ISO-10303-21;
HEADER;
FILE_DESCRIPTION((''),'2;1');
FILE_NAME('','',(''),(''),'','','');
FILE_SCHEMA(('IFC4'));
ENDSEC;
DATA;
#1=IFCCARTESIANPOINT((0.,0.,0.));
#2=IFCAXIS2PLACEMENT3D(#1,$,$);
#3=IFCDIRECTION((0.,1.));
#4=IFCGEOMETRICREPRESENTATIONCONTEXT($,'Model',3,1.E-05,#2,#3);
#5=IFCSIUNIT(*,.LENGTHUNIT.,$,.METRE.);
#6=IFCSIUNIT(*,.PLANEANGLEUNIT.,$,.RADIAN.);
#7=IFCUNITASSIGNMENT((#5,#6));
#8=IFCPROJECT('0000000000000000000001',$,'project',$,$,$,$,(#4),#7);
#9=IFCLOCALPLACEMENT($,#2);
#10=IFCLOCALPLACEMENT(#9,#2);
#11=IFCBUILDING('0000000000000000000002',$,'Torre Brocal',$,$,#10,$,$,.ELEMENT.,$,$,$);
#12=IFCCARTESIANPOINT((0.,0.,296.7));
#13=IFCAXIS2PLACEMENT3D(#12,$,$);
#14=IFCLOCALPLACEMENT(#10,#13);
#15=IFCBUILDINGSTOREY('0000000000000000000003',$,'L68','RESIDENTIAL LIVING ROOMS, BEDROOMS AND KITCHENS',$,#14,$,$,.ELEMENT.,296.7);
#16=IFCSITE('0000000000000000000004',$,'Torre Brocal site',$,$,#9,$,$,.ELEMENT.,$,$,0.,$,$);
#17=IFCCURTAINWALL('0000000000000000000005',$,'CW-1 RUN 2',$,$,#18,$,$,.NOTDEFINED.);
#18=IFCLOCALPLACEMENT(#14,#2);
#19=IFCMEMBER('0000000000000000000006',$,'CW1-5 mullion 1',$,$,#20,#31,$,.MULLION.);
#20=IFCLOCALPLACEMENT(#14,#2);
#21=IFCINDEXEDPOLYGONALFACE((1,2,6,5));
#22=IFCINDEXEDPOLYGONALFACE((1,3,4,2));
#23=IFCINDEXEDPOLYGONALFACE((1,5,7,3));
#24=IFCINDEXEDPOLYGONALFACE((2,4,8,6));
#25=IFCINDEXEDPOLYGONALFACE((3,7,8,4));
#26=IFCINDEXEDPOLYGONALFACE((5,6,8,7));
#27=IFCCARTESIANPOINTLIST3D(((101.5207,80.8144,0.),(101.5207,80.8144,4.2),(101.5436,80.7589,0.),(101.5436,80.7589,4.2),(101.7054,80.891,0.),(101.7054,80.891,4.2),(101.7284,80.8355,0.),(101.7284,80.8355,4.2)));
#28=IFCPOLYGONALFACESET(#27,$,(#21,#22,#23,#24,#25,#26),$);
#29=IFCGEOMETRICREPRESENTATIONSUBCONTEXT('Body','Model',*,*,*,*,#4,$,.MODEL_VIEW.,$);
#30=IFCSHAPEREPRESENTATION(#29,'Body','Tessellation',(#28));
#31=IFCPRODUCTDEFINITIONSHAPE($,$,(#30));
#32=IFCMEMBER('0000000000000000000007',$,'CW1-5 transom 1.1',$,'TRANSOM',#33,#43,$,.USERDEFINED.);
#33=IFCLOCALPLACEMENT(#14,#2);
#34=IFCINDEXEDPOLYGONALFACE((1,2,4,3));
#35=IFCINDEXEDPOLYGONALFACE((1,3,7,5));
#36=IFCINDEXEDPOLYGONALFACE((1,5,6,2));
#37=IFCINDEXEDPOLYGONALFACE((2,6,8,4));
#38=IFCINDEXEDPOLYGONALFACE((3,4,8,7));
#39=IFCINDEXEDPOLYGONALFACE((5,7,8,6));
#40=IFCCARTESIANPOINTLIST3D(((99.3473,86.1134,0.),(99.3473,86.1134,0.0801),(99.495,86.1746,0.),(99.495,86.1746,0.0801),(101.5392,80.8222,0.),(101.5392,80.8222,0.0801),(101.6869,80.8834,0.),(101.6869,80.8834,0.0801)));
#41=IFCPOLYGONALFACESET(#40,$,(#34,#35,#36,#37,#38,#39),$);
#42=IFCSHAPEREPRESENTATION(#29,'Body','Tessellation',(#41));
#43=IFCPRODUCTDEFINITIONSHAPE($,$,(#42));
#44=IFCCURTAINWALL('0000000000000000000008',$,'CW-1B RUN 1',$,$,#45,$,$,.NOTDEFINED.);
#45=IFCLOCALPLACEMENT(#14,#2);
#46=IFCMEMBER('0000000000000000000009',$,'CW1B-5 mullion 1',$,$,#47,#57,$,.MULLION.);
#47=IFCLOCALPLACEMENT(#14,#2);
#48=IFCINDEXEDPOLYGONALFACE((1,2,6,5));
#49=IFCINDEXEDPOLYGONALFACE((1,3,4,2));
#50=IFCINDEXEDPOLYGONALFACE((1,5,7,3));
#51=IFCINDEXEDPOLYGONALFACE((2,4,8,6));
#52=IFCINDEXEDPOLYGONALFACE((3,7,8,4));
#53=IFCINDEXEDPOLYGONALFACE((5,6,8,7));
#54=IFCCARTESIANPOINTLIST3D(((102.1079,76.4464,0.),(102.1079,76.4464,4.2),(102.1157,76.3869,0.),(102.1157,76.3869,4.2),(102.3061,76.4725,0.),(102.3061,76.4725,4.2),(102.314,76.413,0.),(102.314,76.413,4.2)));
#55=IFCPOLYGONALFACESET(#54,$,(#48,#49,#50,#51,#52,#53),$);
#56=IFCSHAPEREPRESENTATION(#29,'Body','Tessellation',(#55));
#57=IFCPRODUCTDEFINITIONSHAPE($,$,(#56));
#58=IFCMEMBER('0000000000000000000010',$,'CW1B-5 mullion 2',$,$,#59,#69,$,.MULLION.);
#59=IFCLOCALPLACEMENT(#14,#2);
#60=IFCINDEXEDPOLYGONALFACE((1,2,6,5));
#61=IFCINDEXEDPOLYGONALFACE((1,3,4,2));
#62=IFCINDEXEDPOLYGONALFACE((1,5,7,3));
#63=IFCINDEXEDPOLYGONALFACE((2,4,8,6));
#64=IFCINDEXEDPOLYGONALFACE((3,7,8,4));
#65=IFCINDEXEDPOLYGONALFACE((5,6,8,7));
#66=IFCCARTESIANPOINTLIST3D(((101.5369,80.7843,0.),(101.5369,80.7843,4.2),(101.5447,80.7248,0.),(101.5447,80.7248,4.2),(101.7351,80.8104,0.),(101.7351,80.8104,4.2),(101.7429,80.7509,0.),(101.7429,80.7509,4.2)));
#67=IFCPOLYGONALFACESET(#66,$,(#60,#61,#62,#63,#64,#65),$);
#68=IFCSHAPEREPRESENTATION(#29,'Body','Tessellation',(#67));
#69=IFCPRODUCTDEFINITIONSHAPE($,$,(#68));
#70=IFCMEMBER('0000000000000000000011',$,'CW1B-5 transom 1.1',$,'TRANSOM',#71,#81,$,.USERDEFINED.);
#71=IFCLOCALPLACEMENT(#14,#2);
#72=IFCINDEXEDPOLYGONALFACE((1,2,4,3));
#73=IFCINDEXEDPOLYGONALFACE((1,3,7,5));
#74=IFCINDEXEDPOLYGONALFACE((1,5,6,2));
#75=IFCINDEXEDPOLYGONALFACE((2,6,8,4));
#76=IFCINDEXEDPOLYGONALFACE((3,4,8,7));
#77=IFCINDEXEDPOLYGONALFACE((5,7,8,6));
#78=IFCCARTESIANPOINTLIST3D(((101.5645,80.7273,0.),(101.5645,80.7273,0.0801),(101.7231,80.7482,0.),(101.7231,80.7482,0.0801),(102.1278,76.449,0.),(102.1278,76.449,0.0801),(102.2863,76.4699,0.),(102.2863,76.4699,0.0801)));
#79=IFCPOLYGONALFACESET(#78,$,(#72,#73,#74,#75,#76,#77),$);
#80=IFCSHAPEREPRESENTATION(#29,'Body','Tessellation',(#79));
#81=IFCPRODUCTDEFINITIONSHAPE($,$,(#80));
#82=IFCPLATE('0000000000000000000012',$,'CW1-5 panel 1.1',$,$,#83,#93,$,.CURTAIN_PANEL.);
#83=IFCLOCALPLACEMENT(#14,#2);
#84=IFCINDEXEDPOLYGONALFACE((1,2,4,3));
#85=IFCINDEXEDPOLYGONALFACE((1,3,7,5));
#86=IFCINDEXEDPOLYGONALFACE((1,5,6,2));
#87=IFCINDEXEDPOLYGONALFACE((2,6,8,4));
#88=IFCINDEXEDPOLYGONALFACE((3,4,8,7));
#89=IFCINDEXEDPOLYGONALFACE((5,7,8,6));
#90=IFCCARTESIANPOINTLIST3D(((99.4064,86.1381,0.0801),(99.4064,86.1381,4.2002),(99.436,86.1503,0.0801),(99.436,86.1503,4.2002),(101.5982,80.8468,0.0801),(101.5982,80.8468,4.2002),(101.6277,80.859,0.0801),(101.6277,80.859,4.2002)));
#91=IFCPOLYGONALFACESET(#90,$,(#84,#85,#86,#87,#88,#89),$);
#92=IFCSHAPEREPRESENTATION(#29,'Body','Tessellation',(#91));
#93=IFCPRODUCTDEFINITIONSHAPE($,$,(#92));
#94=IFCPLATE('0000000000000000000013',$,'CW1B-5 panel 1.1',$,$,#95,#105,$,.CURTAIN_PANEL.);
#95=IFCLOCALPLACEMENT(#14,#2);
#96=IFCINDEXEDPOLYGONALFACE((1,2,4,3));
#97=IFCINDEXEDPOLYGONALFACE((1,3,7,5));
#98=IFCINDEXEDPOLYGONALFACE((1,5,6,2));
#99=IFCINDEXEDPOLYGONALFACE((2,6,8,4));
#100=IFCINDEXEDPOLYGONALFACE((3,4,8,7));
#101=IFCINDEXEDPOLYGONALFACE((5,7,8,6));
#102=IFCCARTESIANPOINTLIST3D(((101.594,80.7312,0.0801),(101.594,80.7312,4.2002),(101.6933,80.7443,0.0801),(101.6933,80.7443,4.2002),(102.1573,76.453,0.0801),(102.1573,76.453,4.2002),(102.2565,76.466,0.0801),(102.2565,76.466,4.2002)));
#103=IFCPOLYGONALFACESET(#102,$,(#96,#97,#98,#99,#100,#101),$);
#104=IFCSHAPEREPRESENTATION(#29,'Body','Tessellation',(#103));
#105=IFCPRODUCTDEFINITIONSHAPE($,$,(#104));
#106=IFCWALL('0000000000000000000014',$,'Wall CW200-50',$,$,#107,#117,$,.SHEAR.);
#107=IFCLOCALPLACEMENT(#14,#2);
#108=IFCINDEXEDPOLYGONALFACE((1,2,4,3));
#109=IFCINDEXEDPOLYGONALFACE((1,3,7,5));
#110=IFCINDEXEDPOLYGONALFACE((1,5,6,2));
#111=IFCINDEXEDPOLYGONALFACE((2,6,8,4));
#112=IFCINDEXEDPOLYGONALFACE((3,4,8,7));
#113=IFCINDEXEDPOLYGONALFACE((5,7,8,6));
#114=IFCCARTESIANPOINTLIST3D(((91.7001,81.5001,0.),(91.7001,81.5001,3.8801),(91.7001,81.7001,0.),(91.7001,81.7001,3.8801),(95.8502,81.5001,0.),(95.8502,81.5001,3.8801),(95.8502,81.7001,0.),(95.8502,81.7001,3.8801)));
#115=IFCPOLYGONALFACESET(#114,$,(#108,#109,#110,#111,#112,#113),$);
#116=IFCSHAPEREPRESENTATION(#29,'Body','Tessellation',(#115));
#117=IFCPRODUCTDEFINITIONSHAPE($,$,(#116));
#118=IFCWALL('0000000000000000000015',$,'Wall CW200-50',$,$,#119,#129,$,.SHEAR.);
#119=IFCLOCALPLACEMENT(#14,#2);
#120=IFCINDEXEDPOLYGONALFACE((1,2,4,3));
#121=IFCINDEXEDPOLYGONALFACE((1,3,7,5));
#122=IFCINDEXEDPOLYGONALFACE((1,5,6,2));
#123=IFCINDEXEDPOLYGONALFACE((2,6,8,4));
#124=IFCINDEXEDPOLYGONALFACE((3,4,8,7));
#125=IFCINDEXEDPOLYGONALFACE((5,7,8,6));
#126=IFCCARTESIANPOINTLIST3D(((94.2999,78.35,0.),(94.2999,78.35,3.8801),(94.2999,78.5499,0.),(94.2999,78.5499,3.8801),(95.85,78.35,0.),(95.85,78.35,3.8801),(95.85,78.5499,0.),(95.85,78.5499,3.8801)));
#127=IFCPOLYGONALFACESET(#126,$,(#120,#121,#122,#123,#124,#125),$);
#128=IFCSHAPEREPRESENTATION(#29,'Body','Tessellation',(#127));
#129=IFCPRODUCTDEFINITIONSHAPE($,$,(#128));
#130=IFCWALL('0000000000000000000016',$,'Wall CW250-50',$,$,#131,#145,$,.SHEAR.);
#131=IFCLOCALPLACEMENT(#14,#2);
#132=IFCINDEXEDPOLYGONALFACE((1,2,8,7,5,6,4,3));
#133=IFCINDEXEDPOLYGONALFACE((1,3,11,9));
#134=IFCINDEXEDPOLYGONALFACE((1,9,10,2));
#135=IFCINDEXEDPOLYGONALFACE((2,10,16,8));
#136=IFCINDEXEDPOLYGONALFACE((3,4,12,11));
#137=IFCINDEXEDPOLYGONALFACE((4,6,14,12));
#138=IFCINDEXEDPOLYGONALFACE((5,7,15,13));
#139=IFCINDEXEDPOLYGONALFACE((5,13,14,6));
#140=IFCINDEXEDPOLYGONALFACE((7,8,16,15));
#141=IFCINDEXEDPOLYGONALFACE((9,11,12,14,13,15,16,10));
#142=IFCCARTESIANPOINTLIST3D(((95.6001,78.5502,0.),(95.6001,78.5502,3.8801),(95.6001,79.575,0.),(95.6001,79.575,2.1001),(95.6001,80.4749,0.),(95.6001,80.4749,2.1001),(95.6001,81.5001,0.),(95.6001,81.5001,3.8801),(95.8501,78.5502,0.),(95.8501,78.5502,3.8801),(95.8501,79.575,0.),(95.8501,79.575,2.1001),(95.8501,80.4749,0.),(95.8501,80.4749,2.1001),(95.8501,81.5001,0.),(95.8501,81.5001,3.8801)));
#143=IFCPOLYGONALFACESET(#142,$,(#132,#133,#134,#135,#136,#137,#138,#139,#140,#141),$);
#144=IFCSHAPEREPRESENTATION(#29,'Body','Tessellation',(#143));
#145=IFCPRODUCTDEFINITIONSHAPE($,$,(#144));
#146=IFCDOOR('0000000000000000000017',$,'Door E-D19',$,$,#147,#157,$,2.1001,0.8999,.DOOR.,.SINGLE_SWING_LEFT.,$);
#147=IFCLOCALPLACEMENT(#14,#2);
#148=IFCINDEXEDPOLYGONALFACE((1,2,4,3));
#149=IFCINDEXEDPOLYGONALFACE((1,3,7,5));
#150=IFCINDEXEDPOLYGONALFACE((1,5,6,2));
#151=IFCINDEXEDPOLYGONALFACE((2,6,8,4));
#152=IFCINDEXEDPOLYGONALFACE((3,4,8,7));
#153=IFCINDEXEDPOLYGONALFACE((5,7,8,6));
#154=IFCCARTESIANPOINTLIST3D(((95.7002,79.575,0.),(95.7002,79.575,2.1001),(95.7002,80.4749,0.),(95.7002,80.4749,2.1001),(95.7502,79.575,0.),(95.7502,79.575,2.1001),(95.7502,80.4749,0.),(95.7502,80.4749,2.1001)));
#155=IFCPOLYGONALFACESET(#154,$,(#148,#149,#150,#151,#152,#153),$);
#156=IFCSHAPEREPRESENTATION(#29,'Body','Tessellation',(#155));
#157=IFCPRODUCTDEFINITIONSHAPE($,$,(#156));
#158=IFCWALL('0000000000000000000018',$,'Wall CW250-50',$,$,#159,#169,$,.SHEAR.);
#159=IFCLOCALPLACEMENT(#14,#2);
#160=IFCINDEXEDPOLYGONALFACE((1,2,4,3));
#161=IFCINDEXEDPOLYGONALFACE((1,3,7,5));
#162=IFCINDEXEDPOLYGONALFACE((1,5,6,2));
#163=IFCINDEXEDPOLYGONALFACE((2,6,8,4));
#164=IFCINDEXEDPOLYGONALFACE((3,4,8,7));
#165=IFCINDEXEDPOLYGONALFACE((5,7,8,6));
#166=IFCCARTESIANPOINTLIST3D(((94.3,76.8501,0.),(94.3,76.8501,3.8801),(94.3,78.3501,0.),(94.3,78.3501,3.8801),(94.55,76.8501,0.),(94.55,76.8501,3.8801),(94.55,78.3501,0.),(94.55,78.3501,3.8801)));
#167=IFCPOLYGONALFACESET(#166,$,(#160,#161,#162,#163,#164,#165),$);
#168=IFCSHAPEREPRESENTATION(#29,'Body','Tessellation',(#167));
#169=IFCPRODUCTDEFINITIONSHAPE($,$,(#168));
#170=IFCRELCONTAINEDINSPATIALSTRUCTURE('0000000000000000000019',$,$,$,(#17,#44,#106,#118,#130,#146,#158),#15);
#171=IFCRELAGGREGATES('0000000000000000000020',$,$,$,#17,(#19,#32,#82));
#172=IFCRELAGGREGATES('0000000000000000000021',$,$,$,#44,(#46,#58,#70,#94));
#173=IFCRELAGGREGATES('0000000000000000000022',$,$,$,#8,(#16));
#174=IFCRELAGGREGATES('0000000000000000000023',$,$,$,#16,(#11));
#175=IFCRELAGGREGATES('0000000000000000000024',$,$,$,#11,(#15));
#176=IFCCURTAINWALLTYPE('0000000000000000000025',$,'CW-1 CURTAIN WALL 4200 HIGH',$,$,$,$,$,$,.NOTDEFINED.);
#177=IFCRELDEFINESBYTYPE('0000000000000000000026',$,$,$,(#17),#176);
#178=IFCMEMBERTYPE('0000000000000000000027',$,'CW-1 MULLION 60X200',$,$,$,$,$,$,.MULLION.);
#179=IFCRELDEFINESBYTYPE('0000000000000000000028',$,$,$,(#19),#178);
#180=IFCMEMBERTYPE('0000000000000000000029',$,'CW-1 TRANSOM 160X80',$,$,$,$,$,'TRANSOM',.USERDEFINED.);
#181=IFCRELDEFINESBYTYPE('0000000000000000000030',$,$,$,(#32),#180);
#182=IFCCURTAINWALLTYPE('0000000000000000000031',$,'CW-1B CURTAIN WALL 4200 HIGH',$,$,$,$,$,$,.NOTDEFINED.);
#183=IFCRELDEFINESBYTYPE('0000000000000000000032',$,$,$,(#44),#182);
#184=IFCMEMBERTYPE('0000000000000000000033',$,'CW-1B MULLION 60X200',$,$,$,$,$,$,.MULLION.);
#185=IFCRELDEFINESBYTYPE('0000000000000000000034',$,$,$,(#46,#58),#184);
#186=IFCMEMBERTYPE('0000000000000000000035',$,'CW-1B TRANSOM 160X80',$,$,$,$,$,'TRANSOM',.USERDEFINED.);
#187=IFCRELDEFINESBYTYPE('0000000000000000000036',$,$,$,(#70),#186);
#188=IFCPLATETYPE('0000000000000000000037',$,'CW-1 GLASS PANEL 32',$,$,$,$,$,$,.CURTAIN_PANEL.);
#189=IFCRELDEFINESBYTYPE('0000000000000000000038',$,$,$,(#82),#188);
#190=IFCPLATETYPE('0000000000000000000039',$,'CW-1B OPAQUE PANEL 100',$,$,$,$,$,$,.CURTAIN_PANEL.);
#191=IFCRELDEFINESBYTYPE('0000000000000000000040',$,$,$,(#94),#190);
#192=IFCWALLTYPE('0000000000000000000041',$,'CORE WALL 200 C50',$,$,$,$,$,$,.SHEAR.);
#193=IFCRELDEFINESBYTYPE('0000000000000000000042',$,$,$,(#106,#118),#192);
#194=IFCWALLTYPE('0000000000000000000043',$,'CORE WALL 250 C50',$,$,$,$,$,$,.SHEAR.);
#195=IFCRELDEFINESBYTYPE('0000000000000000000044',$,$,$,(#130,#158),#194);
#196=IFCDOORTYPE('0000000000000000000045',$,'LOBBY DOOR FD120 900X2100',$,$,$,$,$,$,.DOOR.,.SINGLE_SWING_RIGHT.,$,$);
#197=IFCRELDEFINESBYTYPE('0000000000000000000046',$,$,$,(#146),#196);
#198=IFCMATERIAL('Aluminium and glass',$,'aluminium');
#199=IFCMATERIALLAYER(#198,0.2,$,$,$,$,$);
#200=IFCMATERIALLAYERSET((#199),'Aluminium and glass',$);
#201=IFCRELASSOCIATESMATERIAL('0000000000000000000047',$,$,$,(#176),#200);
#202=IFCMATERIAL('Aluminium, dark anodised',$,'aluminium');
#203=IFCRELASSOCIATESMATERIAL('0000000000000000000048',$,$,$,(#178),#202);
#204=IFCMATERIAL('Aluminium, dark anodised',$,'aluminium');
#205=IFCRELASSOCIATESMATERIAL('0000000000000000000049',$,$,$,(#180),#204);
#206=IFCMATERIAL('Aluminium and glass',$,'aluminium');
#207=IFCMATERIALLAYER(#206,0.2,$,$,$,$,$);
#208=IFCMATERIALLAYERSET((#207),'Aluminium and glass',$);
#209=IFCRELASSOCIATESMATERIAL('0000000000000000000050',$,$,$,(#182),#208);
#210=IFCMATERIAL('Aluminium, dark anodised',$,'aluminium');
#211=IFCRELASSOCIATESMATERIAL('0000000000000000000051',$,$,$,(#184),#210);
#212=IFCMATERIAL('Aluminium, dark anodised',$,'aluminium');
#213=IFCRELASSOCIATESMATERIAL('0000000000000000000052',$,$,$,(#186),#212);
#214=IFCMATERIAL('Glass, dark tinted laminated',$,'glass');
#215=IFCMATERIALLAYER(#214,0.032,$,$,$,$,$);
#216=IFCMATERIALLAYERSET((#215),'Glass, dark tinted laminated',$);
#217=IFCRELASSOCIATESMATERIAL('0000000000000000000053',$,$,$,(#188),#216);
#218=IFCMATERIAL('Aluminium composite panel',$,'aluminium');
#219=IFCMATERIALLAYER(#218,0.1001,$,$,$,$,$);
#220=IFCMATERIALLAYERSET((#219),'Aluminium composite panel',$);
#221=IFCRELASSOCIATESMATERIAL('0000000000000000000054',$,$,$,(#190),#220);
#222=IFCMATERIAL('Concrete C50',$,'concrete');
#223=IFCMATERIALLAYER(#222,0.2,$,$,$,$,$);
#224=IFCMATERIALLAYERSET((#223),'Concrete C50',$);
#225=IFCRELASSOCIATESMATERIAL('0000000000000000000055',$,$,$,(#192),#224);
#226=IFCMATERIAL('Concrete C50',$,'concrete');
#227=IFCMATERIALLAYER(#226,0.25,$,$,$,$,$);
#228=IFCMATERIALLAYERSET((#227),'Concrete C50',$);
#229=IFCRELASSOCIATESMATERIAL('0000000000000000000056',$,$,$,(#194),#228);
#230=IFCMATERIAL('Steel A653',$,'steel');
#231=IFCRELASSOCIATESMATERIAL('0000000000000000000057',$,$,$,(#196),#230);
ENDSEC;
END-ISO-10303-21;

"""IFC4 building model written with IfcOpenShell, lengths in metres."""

from ifc_helpers import new_model, si_unit, direction, frame, frame_2d, origin, origin_2d, place, context, subcontext, project, spatial, rectangle, extrude, material, layer, layer_set, material_profile, profile_set, type_object, element, fill, aggregate, save


model = new_model("IFC4")

# Units and contexts
model_context = context("Model", 3, precision=1e-05, world=origin(), true_north=direction((0.0, 1.0)))
body_context = subcontext(model_context, "Body", "Model", "MODEL_VIEW")
ifc_project = project(units=[si_unit("LENGTHUNIT", "METRE"), si_unit("PLANEANGLEUNIT", "RADIAN")], contexts=[model_context])

# Site, building, storey
site_placement = place(None, origin())
site = spatial("IfcSite", under=ifc_project, at=site_placement, Name="Torre Brocal site", CompositionType="ELEMENT", RefElevation=0.0)
building_placement = place(site_placement, origin())
building = spatial("IfcBuilding", under=site, at=building_placement, Name="Torre Brocal", CompositionType="ELEMENT")
storey_placement = place(building_placement, frame((0.0, 0.0, 296.7)))
storey = spatial("IfcBuildingStorey", under=building, at=storey_placement, Name="L68", Description="RESIDENTIAL LIVING ROOMS, BEDROOMS AND KITCHENS", CompositionType="ELEMENT", Elevation=296.7)

# Curtain walls, members
ifc_material_1 = material(Name="Aluminium and glass", Category="aluminium")
ifc_layer_1 = layer(ifc_material_1, 0.2)
ifc_layer_set_1 = layer_set([ifc_layer_1], Name="Aluminium and glass")
curtain_wall_type_1 = type_object("IfcCurtainWallType", Name="CW-1 CURTAIN WALL 4200 HIGH", PredefinedType="NOTDEFINED", material=ifc_layer_set_1)
curtain_wall_1_placement = place(storey_placement, origin())
curtain_wall_1 = element("IfcCurtainWall", 1, at=curtain_wall_1_placement, inside=storey, type_object=curtain_wall_type_1, Name="CW-1 RUN 2", PredefinedType="NOTDEFINED")
ifc_material_2 = material(Name="Aluminium, dark anodised", Category="aluminium")
ifc_material_profile_1 = material_profile(ifc_material_2, rectangle(XDim=0.2, YDim=0.0601, at=origin_2d()), Name="CW-1 MULLION 60X200")
ifc_profile_set_1 = profile_set([ifc_material_profile_1], Name="Aluminium, dark anodised")
member_type_1 = type_object("IfcMemberType", Name="CW-1 MULLION 60X200", PredefinedType="MULLION", material=ifc_profile_set_1)
member_1_placement = place(storey_placement, frame((101.6245, 80.825, 0.0), z_axis=(0.0, 0.0, 1.0), x_axis=(-0.92388, -0.382683, 0.0)))
member_1 = element("IfcMember", 2, at=member_1_placement, type_object=member_type_1, Name="CW1-5 mullion 1", PredefinedType="MULLION", context=body_context, shape_type="SweptSolid", body=[
    extrude(rectangle(XDim=0.2, YDim=0.0601, at=origin_2d()), origin(), (0.0, 0.0, 1.0), 4.2),
])
ifc_material_3 = material(Name="Aluminium, dark anodised", Category="aluminium")
ifc_material_profile_2 = material_profile(ifc_material_3, rectangle(XDim=0.1599, YDim=0.0801, at=origin_2d()), Name="CW-1 TRANSOM 160X80")
ifc_profile_set_2 = profile_set([ifc_material_profile_2], Name="Aluminium, dark anodised")
member_type_2 = type_object("IfcMemberType", Name="CW-1 TRANSOM 160X80", ElementType="TRANSOM", PredefinedType="USERDEFINED", material=ifc_profile_set_2)
member_2_placement = place(storey_placement, frame((101.613, 80.8528, 0.04), z_axis=(-0.382711, 0.923868, 0.0), x_axis=(-0.923868, -0.382711, 0.0)))
member_2 = element("IfcMember", 3, at=member_2_placement, type_object=member_type_2, Name="CW1-5 transom 1.1", ObjectType="TRANSOM", PredefinedType="USERDEFINED", context=body_context, shape_type="SweptSolid", body=[
    extrude(rectangle(XDim=0.1599, YDim=0.0801, at=origin_2d()), origin(), (0.0, 0.0, 1.0), 5.7273),
])
ifc_material_4 = material(Name="Aluminium and glass", Category="aluminium")
ifc_layer_2 = layer(ifc_material_4, 0.2)
ifc_layer_set_2 = layer_set([ifc_layer_2], Name="Aluminium and glass")
curtain_wall_type_2 = type_object("IfcCurtainWallType", Name="CW-1B CURTAIN WALL 4200 HIGH", PredefinedType="NOTDEFINED", material=ifc_layer_set_2)
curtain_wall_2_placement = place(storey_placement, origin())
curtain_wall_2 = element("IfcCurtainWall", 4, at=curtain_wall_2_placement, inside=storey, type_object=curtain_wall_type_2, Name="CW-1B RUN 1", PredefinedType="NOTDEFINED")
ifc_material_5 = material(Name="Aluminium, dark anodised", Category="aluminium")
ifc_material_profile_3 = material_profile(ifc_material_5, rectangle(XDim=0.2, YDim=0.0601, at=origin_2d()), Name="CW-1B MULLION 60X200")
ifc_profile_set_3 = profile_set([ifc_material_profile_3], Name="Aluminium, dark anodised")
member_type_3 = type_object("IfcMemberType", Name="CW-1B MULLION 60X200", PredefinedType="MULLION", material=ifc_profile_set_3)
member_3_placement = place(storey_placement, frame((102.2109, 76.4297, 0.0), z_axis=(0.0, 0.0, 1.0), x_axis=(-0.991445, -0.130526, 0.0)))
member_3 = element("IfcMember", 5, at=member_3_placement, type_object=member_type_3, Name="CW1B-5 mullion 1", PredefinedType="MULLION", context=body_context, shape_type="SweptSolid", body=[
    extrude(rectangle(XDim=0.2, YDim=0.0601, at=origin_2d()), origin(), (0.0, 0.0, 1.0), 4.2),
])
member_4_placement = place(storey_placement, frame((101.6399, 80.7676, 0.0), z_axis=(0.0, 0.0, 1.0), x_axis=(-0.991445, -0.130526, 0.0)))
member_4 = element("IfcMember", 6, at=member_4_placement, type_object=member_type_3, Name="CW1B-5 mullion 2", PredefinedType="MULLION", context=body_context, shape_type="SweptSolid", body=[
    extrude(rectangle(XDim=0.2, YDim=0.0601, at=origin_2d()), origin(), (0.0, 0.0, 1.0), 4.2),
])
ifc_material_6 = material(Name="Aluminium, dark anodised", Category="aluminium")
ifc_material_profile_4 = material_profile(ifc_material_6, rectangle(XDim=0.1599, YDim=0.0801, at=origin_2d()), Name="CW-1B TRANSOM 160X80")
ifc_profile_set_4 = profile_set([ifc_material_profile_4], Name="Aluminium, dark anodised")
member_type_4 = type_object("IfcMemberType", Name="CW-1B TRANSOM 160X80", ElementType="TRANSOM", PredefinedType="USERDEFINED", material=ifc_profile_set_4)
member_5_placement = place(storey_placement, frame((102.207, 76.4595, 0.04), z_axis=(-0.130522, 0.991445, 0.0), x_axis=(-0.991445, -0.130522, 0.0)))
member_5 = element("IfcMember", 7, at=member_5_placement, type_object=member_type_4, Name="CW1B-5 transom 1.1", ObjectType="TRANSOM", PredefinedType="USERDEFINED", context=body_context, shape_type="SweptSolid", body=[
    extrude(rectangle(XDim=0.1599, YDim=0.0801, at=origin_2d()), origin(), (0.0, 0.0, 1.0), 4.3152),
])

# Plates
ifc_material_7 = material(Name="Glass, dark tinted laminated", Category="glass")
ifc_layer_3 = layer(ifc_material_7, 0.032)
ifc_layer_set_3 = layer_set([ifc_layer_3], Name="Glass, dark tinted laminated")
plate_type_1 = type_object("IfcPlateType", Name="CW-1 GLASS PANEL 32", PredefinedType="CURTAIN_PANEL", material=ifc_layer_set_3)
plate_1_placement = place(storey_placement, frame((100.5171, 83.4985, 0.0801), z_axis=(0.0, 0.0, 1.0), x_axis=(-0.382683, 0.92388, 0.0)))
plate_1 = element("IfcPlate", 8, at=plate_1_placement, type_object=plate_type_1, Name="CW1-5 panel 1.1", PredefinedType="CURTAIN_PANEL", context=body_context, shape_type="SweptSolid", body=[
    extrude(rectangle(XDim=5.7273, YDim=0.032, at=origin_2d()), origin(), (0.0, 0.0, 1.0), 4.1201),
])
aggregate(curtain_wall_1, [member_1, member_2, plate_1])
ifc_material_8 = material(Name="Aluminium composite panel", Category="aluminium")
ifc_layer_4 = layer(ifc_material_8, 0.1001)
ifc_layer_set_4 = layer_set([ifc_layer_4], Name="Aluminium composite panel")
plate_type_2 = type_object("IfcPlateType", Name="CW-1B OPAQUE PANEL 100", PredefinedType="CURTAIN_PANEL", material=ifc_layer_set_4)
plate_2_placement = place(storey_placement, frame((101.9253, 78.5986, 0.0801), z_axis=(0.0, 0.0, 1.0), x_axis=(-0.130526, 0.991445, 0.0)))
plate_2 = element("IfcPlate", 9, at=plate_2_placement, type_object=plate_type_2, Name="CW1B-5 panel 1.1", PredefinedType="CURTAIN_PANEL", context=body_context, shape_type="SweptSolid", body=[
    extrude(rectangle(XDim=4.3152, YDim=0.1001, at=origin_2d()), origin(), (0.0, 0.0, 1.0), 4.1201),
])
aggregate(curtain_wall_2, [member_3, member_4, member_5, plate_2])

# Walls
ifc_material_9 = material(Name="Concrete C50", Category="concrete")
ifc_layer_5 = layer(ifc_material_9, 0.2)
ifc_layer_set_5 = layer_set([ifc_layer_5], Name="Concrete C50")
wall_type_1 = type_object("IfcWallType", Name="CORE WALL 200 C50", PredefinedType="SHEAR", material=ifc_layer_set_5)
wall_1_placement = place(storey_placement, frame((91.7, 81.6001, 0.0), z_axis=(0.0, 0.0, 1.0), x_axis=(1.0, 0.0, 0.0)))
element("IfcWall", 10, at=wall_1_placement, inside=storey, type_object=wall_type_1, Name="Wall CW200-50", PredefinedType="SHEAR", context=body_context, shape_type="SweptSolid", body=[
    extrude(rectangle(XDim=4.1501, YDim=0.2, at=frame_2d((2.0752, 0.0))), origin(), (0.0, 0.0, 1.0), 3.8801),
])
wall_2_placement = place(storey_placement, frame((94.3, 78.45, 0.0), z_axis=(0.0, 0.0, 1.0), x_axis=(1.0, 0.0, 0.0)))
element("IfcWall", 11, at=wall_2_placement, inside=storey, type_object=wall_type_1, Name="Wall CW200-50", PredefinedType="SHEAR", context=body_context, shape_type="SweptSolid", body=[
    extrude(rectangle(XDim=1.55, YDim=0.2, at=frame_2d((0.7749, 0.0))), origin(), (0.0, 0.0, 1.0), 3.8801),
])

# Wall, opening, door
ifc_material_10 = material(Name="Concrete C50", Category="concrete")
ifc_layer_6 = layer(ifc_material_10, 0.25)
ifc_layer_set_6 = layer_set([ifc_layer_6], Name="Concrete C50")
wall_type_2 = type_object("IfcWallType", Name="CORE WALL 250 C50", PredefinedType="SHEAR", material=ifc_layer_set_6)
wall_3_placement = place(storey_placement, frame((95.7251, 78.55, 0.0), z_axis=(0.0, 0.0, 1.0), x_axis=(0.0, 1.0, 0.0)))
wall_3 = element("IfcWall", 12, at=wall_3_placement, inside=storey, type_object=wall_type_2, Name="Wall CW250-50", PredefinedType="SHEAR", context=body_context, shape_type="SweptSolid", body=[
    extrude(rectangle(XDim=2.95, YDim=0.25, at=frame_2d((1.4751, 0.0))), origin(), (0.0, 0.0, 1.0), 3.8801),
])
opening_1_placement = place(wall_3_placement, frame((1.0249, 0.0, 0.0)))
opening_1 = element("IfcOpeningElement", 13, at=opening_1_placement, cuts=wall_3, PredefinedType="OPENING", context=body_context, shape_type="SweptSolid", body=[
    extrude(rectangle(XDim=0.8999, YDim=2.1001, at=frame_2d((0.45, 1.05))), frame((0.0, 0.135, 0.0), z_axis=(0.0, -1.0, 0.0), x_axis=(1.0, 0.0, 0.0)), (0.0, 0.0, 1.0), 0.27),
])
ifc_material_11 = material(Name="Steel A653", Category="steel")
door_type_1 = type_object("IfcDoorType", Name="LOBBY DOOR FD120 900X2100", OperationType="SINGLE_SWING_RIGHT", PredefinedType="DOOR", material=ifc_material_11)
door_1_placement = place(opening_1_placement, origin())
door_1 = element("IfcDoor", 14, at=door_1_placement, inside=storey, type_object=door_type_1, Name="Door E-D19", OperationType="SINGLE_SWING_LEFT", OverallHeight=2.1001, OverallWidth=0.8999, PredefinedType="DOOR", context=body_context, shape_type="SweptSolid", body=[
    extrude(rectangle(XDim=0.8999, YDim=2.1001, at=frame_2d((0.45, 1.05))), frame((0.0, 0.0249, 0.0), z_axis=(0.0, -1.0, 0.0), x_axis=(1.0, 0.0, 0.0)), (0.0, 0.0, 1.0), 0.05),
])
fill(opening_1, door_1)

# Wall
wall_4_placement = place(storey_placement, frame((94.425, 76.8501, 0.0), z_axis=(0.0, 0.0, 1.0), x_axis=(0.0, 1.0, 0.0)))
element("IfcWall", 15, at=wall_4_placement, inside=storey, type_object=wall_type_2, Name="Wall CW250-50", PredefinedType="SHEAR", context=body_context, shape_type="SweptSolid", body=[
    extrude(rectangle(XDim=1.5, YDim=0.25, at=frame_2d((0.75, 0.0))), origin(), (0.0, 0.0, 1.0), 3.8801),
])

save(model, "model.ifc")
